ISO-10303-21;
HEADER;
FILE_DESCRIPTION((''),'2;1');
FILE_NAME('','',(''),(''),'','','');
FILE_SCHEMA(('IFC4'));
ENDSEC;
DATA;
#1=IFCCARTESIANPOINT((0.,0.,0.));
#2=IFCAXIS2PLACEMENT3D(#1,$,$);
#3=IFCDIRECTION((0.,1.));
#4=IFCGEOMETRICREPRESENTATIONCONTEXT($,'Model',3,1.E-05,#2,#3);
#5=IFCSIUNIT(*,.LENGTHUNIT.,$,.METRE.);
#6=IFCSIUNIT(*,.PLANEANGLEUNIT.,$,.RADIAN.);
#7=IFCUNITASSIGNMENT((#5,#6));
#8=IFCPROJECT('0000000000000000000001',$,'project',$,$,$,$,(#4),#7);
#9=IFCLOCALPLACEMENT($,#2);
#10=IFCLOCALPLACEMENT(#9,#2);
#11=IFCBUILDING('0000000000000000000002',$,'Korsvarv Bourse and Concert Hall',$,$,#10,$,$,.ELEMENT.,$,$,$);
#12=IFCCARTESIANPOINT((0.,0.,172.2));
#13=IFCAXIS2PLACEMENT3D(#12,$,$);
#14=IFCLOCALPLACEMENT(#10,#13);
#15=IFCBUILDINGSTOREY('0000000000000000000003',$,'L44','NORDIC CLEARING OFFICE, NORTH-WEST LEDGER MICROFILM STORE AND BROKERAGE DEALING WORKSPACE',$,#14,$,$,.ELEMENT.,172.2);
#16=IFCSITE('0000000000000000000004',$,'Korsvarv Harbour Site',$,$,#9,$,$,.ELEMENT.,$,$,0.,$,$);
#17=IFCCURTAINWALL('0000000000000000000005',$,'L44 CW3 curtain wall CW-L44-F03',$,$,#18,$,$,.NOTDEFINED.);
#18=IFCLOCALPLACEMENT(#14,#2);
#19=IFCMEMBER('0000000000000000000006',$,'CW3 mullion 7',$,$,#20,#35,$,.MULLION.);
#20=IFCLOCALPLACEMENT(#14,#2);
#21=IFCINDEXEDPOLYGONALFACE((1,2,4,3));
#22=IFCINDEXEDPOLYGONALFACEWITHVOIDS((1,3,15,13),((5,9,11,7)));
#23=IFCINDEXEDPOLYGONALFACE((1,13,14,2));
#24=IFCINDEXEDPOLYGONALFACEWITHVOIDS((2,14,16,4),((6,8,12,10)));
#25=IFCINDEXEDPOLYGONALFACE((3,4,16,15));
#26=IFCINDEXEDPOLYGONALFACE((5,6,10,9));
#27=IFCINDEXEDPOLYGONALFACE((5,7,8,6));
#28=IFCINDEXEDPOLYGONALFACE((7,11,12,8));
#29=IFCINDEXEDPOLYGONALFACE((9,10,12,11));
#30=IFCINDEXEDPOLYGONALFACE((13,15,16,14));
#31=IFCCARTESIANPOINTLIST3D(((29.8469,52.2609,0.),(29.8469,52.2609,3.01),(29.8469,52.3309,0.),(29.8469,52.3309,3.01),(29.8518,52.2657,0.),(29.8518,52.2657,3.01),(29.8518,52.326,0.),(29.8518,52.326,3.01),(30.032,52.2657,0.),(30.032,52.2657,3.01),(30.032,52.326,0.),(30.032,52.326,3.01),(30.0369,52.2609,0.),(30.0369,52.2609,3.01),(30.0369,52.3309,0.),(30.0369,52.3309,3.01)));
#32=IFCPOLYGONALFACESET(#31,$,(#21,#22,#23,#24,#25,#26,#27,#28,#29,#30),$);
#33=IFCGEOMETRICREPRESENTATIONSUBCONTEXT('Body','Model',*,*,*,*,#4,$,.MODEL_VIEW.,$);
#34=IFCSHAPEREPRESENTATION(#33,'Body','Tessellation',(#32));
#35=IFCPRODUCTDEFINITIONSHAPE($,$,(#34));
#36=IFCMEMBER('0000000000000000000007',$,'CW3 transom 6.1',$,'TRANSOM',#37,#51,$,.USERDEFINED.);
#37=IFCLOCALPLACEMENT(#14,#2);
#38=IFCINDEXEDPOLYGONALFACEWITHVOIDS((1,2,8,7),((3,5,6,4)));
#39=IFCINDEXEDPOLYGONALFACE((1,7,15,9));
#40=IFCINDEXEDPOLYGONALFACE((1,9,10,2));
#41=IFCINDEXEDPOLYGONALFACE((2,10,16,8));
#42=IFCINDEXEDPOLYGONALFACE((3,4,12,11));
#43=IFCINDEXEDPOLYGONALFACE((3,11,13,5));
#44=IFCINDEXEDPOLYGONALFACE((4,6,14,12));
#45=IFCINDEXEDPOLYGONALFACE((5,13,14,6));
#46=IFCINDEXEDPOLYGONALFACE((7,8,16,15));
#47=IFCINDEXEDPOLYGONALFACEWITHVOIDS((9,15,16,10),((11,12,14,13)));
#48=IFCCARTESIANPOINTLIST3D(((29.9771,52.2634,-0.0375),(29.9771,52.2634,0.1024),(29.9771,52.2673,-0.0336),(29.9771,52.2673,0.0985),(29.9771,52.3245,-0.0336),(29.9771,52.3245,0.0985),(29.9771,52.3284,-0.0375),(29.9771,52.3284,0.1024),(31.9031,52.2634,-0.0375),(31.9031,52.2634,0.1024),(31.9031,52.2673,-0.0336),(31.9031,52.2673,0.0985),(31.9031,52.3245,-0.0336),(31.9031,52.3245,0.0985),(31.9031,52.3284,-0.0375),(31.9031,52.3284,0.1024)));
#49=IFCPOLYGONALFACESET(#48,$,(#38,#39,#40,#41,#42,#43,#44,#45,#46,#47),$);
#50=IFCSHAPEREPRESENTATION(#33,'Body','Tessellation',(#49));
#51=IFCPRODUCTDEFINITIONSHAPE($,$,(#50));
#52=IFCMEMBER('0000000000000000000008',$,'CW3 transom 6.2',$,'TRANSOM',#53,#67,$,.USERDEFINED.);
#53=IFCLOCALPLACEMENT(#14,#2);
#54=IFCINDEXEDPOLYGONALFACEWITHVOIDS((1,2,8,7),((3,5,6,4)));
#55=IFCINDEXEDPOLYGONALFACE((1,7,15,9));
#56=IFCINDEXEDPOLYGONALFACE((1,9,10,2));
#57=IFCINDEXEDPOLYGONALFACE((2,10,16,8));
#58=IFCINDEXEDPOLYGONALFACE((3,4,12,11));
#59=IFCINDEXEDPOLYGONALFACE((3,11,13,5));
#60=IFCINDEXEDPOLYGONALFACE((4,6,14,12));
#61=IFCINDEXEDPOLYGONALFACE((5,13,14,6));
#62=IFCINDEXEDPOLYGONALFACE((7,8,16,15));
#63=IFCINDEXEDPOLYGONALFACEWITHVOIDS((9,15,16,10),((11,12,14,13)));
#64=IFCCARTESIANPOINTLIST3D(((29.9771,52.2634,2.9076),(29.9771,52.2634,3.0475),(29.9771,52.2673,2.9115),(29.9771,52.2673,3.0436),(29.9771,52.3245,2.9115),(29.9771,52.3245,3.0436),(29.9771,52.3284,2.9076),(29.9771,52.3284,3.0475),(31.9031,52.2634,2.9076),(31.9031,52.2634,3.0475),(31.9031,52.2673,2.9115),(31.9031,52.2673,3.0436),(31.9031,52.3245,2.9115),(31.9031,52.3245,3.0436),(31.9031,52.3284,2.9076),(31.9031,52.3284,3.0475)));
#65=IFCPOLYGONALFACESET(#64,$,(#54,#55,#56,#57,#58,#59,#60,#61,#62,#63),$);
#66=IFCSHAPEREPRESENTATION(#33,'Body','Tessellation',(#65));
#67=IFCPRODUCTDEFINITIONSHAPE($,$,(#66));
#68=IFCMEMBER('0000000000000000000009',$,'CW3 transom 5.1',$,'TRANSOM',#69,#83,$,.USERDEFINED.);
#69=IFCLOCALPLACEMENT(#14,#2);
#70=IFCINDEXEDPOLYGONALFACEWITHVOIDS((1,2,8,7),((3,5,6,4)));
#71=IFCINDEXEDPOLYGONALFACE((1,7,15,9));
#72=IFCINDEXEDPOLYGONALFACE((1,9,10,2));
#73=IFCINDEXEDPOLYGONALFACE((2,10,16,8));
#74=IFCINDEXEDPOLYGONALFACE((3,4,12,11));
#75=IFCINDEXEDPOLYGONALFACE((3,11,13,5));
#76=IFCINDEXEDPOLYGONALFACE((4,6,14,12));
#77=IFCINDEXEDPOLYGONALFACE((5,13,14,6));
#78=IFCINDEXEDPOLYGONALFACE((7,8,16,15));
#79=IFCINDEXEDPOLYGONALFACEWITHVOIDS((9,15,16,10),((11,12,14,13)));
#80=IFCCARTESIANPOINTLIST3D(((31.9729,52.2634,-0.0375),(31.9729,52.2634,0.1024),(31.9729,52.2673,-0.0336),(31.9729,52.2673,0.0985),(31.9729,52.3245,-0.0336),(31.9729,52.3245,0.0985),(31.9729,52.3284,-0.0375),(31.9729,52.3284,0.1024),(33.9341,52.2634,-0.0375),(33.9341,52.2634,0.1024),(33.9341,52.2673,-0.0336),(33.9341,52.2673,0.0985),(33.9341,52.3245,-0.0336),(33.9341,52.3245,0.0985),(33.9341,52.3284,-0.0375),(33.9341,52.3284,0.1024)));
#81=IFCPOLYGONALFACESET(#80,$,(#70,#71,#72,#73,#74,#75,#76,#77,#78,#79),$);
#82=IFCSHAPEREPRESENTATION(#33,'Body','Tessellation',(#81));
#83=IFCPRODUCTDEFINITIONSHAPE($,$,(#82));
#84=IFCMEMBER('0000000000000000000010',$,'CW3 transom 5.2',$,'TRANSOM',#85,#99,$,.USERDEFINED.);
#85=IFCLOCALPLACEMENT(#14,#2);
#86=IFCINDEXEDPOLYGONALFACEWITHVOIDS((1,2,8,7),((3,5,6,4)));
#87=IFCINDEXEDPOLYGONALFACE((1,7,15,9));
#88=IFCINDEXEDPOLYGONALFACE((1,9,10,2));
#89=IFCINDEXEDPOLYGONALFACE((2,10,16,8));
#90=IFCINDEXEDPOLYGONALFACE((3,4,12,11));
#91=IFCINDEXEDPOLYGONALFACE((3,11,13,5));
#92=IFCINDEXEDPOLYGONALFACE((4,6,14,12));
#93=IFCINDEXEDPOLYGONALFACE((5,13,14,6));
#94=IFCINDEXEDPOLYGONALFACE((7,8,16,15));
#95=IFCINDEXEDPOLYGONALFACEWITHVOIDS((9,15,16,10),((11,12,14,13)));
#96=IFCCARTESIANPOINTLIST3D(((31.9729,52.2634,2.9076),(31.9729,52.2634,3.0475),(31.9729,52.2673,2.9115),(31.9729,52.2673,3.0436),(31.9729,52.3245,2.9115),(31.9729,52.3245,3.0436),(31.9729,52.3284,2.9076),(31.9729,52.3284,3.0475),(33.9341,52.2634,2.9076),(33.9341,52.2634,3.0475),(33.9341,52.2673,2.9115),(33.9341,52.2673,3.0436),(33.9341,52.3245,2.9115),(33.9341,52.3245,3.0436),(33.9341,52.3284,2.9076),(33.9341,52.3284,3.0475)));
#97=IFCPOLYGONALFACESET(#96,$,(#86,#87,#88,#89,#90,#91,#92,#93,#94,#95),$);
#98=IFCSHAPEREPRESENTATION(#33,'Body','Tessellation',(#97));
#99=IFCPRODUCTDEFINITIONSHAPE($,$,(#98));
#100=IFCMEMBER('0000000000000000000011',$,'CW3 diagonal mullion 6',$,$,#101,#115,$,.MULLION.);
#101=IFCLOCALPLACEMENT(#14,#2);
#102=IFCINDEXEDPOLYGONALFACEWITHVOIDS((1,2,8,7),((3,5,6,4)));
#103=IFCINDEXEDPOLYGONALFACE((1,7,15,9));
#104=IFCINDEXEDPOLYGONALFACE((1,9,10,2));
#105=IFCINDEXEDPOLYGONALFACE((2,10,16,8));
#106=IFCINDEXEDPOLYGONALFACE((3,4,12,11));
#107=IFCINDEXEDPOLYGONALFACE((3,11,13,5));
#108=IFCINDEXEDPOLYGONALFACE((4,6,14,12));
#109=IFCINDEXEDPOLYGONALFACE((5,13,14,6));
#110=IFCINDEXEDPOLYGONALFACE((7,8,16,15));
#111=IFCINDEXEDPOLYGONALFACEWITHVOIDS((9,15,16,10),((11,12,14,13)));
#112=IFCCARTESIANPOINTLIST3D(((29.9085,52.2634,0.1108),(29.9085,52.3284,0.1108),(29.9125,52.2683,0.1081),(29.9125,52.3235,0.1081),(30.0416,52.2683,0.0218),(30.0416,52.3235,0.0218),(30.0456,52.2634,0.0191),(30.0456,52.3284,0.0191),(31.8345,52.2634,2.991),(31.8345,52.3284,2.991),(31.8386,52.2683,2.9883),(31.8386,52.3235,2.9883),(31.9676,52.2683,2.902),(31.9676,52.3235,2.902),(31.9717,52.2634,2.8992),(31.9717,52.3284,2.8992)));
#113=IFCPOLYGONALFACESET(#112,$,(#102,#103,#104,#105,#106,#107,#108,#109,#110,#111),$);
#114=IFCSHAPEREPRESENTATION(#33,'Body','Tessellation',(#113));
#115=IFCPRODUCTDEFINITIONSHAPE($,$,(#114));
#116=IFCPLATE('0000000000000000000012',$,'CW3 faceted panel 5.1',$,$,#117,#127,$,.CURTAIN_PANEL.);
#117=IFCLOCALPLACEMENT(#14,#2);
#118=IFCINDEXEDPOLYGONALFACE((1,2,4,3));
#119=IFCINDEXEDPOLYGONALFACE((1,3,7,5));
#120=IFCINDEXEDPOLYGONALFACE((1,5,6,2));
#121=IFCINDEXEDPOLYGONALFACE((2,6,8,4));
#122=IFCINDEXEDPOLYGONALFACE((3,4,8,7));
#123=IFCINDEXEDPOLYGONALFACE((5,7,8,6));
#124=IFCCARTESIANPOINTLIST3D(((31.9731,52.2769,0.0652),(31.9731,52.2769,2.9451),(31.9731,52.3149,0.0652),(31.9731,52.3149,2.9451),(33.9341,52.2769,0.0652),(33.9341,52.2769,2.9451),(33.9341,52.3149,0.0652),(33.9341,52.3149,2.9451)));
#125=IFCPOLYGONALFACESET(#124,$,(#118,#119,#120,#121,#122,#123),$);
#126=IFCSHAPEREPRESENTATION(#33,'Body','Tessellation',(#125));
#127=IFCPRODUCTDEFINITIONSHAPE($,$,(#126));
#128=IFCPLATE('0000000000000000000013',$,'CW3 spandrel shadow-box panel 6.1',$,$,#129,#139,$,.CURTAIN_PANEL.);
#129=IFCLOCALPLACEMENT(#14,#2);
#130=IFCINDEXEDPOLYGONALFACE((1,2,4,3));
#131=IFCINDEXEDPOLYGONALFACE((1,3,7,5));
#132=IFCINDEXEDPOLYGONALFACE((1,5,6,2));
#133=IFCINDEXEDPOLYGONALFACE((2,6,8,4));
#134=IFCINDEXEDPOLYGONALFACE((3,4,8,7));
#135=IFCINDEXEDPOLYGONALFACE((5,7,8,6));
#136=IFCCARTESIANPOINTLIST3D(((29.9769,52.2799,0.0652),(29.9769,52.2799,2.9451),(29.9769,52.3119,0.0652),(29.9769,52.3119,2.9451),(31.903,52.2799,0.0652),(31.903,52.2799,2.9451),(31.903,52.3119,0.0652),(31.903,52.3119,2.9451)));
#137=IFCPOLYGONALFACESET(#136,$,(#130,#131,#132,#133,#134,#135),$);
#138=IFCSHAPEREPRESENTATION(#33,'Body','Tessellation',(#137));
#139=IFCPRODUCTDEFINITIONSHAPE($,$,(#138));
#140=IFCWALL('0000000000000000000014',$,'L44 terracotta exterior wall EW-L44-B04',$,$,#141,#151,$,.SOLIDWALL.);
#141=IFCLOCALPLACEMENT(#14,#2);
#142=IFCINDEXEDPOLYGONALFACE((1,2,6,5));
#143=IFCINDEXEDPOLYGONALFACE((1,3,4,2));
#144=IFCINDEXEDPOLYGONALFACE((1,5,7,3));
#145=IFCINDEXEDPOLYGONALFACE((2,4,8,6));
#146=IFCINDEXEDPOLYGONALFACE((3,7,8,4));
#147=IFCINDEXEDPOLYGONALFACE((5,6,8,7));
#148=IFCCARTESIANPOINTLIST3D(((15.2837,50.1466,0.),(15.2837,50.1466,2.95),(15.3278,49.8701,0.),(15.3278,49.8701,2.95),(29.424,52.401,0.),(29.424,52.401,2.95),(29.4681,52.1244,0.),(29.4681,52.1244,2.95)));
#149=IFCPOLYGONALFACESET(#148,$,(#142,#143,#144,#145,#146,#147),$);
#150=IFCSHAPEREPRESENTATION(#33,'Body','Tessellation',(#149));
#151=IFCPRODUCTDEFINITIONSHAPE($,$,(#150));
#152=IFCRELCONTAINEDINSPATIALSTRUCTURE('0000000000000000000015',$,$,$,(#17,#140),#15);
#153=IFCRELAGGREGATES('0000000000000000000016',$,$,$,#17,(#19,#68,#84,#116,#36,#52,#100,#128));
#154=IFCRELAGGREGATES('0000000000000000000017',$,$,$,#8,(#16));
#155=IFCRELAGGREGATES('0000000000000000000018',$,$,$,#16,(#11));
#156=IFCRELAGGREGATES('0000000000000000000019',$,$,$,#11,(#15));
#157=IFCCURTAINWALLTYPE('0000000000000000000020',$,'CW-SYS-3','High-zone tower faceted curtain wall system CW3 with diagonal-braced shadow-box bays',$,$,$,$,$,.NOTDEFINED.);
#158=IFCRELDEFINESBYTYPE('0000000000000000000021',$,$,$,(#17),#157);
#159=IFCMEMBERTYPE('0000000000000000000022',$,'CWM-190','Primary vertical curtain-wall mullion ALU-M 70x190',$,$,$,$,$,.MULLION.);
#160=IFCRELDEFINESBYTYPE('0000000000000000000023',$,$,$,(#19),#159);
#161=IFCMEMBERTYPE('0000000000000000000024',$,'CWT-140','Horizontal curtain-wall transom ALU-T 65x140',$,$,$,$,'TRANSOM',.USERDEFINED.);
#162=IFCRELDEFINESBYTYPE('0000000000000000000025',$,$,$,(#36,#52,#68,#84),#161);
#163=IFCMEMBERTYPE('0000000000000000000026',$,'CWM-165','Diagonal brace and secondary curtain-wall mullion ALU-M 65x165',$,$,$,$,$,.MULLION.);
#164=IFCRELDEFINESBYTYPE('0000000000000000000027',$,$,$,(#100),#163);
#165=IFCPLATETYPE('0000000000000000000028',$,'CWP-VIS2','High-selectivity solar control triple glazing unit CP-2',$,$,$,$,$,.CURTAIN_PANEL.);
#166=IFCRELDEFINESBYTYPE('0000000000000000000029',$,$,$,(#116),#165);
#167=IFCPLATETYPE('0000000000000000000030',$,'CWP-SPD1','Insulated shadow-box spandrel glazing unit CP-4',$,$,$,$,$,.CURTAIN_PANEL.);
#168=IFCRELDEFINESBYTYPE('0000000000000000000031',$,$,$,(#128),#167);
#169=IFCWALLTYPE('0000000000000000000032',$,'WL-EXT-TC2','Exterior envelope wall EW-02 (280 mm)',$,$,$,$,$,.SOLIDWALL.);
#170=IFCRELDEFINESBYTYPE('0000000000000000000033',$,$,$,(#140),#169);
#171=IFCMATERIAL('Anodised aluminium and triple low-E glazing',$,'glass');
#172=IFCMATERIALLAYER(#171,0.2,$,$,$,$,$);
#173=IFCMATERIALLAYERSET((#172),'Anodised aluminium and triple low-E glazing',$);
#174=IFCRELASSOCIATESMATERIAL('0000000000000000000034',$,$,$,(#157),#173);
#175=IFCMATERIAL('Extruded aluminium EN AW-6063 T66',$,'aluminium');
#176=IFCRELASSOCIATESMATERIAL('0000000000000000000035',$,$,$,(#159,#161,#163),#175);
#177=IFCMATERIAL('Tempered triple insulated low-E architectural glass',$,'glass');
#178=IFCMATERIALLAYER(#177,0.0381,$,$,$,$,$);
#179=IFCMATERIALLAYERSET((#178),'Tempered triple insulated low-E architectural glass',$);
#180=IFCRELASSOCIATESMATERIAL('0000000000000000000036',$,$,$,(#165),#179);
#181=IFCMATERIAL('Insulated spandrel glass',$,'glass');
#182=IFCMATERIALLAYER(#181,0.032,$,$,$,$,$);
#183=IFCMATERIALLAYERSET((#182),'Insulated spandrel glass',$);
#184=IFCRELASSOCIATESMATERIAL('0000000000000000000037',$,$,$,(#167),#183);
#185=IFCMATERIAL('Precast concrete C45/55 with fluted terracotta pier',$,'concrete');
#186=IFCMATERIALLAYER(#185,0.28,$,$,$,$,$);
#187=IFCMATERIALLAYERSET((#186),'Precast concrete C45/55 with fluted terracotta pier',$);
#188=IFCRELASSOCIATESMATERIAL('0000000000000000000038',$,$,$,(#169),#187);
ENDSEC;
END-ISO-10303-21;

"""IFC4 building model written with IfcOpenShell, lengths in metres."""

from ifc_helpers import new_model, si_unit, direction, frame, frame_2d, origin, origin_2d, place, context, subcontext, project, spatial, rectangle, hollow_rectangle, extrude, source, transform, mapped, material, layer, layer_set, material_profile, profile_set, type_object, element, aggregate, save


model = new_model("IFC4")

# Units and contexts
model_context = context("Model", 3, precision=1e-05, world=origin(), true_north=direction((0.0, 1.0)))
body_context = subcontext(model_context, "Body", "Model", "MODEL_VIEW")
ifc_project = project(units=[si_unit("LENGTHUNIT", "METRE"), si_unit("PLANEANGLEUNIT", "RADIAN")], contexts=[model_context])

# Site, building, storey
site_placement = place(None, origin())
site = spatial("IfcSite", under=ifc_project, at=site_placement, Name="Korsvarv Harbour Site", CompositionType="ELEMENT", RefElevation=0.0)
building_placement = place(site_placement, origin())
building = spatial("IfcBuilding", under=site, at=building_placement, Name="Korsvarv Bourse and Concert Hall", CompositionType="ELEMENT")
storey_placement = place(building_placement, frame((0.0, 0.0, 172.2)))
storey = spatial("IfcBuildingStorey", under=building, at=storey_placement, Name="L44", Description="NORDIC CLEARING OFFICE, NORTH-WEST LEDGER MICROFILM STORE AND BROKERAGE DEALING WORKSPACE", CompositionType="ELEMENT", Elevation=172.2)

# Curtain wall, members, plates
ifc_material_1 = material(Name="Anodised aluminium and triple low-E glazing", Category="glass")
ifc_layer_1 = layer(ifc_material_1, 0.2)
ifc_layer_set_1 = layer_set([ifc_layer_1], Name="Anodised aluminium and triple low-E glazing")
curtain_wall_type = type_object("IfcCurtainWallType", Name="CW-SYS-3", Description="High-zone tower faceted curtain wall system CW3 with diagonal-braced shadow-box bays", PredefinedType="NOTDEFINED", material=ifc_layer_set_1)
curtain_wall_placement = place(storey_placement, origin())
curtain_wall = element("IfcCurtainWall", 1, at=curtain_wall_placement, inside=storey, type_object=curtain_wall_type, Name="L44 CW3 curtain wall CW-L44-F03", PredefinedType="NOTDEFINED")
ifc_material_2 = material(Name="Extruded aluminium EN AW-6063 T66", Category="aluminium")
ifc_material_profile_1 = material_profile(ifc_material_2, hollow_rectangle(XDim=0.0701, YDim=0.1899, WallThickness=0.0049, at=origin_2d()), Name="ALU-M 70x190")
ifc_profile_set_1 = profile_set([ifc_material_profile_1], Name="Extruded aluminium EN AW-6063 T66")
member_type_1 = type_object("IfcMemberType", Name="CWM-190", Description="Primary vertical curtain-wall mullion ALU-M 70x190", PredefinedType="MULLION", material=ifc_profile_set_1)
shared_shape_1 = source(origin(), body_context, "Body", "SweptSolid", [
    extrude(hollow_rectangle(XDim=0.0701, YDim=0.1899, WallThickness=0.0049, at=origin_2d()), origin(), (0.0, 0.0, 1.0), 3.01),
])
member_1_placement = place(storey_placement, frame((29.9419, 52.2959, 0.0), z_axis=(0.0, 0.0, 1.0), x_axis=(0.0, -1.0, 0.0)))
member_1 = element("IfcMember", 2, at=member_1_placement, type_object=member_type_1, Name="CW3 mullion 7", PredefinedType="MULLION", context=body_context, shape_type="MappedRepresentation", body=[
    mapped(shared_shape_1, transform((0.0, 0.0, 0.0), scale=1.0)),
])
ifc_material_profile_2 = material_profile(ifc_material_2, hollow_rectangle(XDim=0.0649, YDim=0.1399, WallThickness=0.0039, at=origin_2d()), Name="ALU-T 65x140")
ifc_profile_set_2 = profile_set([ifc_material_profile_2], Name="Extruded aluminium EN AW-6063 T66")
member_type_2 = type_object("IfcMemberType", Name="CWT-140", Description="Horizontal curtain-wall transom ALU-T 65x140", ElementType="TRANSOM", PredefinedType="USERDEFINED", material=ifc_profile_set_2)
shared_shape_2 = source(origin(), body_context, "Body", "SweptSolid", [
    extrude(hollow_rectangle(XDim=0.0649, YDim=0.1399, WallThickness=0.0039, at=origin_2d()), origin(), (0.0, 0.0, 1.0), 1.926),
])
member_2_placement = place(storey_placement, frame((31.9031, 52.2959, 0.0325), z_axis=(-1.0, 0.0, 0.0), x_axis=(0.0, -1.0, 0.0)))
member_2 = element("IfcMember", 3, at=member_2_placement, type_object=member_type_2, Name="CW3 transom 6.1", ObjectType="TRANSOM", PredefinedType="USERDEFINED", context=body_context, shape_type="MappedRepresentation", body=[
    mapped(shared_shape_2, transform((0.0, 0.0, 0.0), scale=1.0)),
])
member_3_placement = place(storey_placement, frame((31.9031, 52.2959, 2.9775), z_axis=(-1.0, 0.0, 0.0), x_axis=(0.0, -1.0, 0.0)))
member_3 = element("IfcMember", 4, at=member_3_placement, type_object=member_type_2, Name="CW3 transom 6.2", ObjectType="TRANSOM", PredefinedType="USERDEFINED", context=body_context, shape_type="MappedRepresentation", body=[
    mapped(shared_shape_2, transform((0.0, 0.0, 0.0), scale=1.0)),
])
shared_shape_3 = source(origin(), body_context, "Body", "SweptSolid", [
    extrude(hollow_rectangle(XDim=0.0649, YDim=0.1399, WallThickness=0.0039, at=origin_2d()), origin(), (0.0, 0.0, 1.0), 1.9612),
])
member_4_placement = place(storey_placement, frame((33.9341, 52.2959, 0.0325), z_axis=(-1.0, 0.0, 0.0), x_axis=(0.0, -1.0, 0.0)))
member_4 = element("IfcMember", 5, at=member_4_placement, type_object=member_type_2, Name="CW3 transom 5.1", ObjectType="TRANSOM", PredefinedType="USERDEFINED", context=body_context, shape_type="MappedRepresentation", body=[
    mapped(shared_shape_3, transform((0.0, 0.0, 0.0), scale=1.0)),
])
member_5_placement = place(storey_placement, frame((33.9341, 52.2959, 2.9775), z_axis=(-1.0, 0.0, 0.0), x_axis=(0.0, -1.0, 0.0)))
member_5 = element("IfcMember", 6, at=member_5_placement, type_object=member_type_2, Name="CW3 transom 5.2", ObjectType="TRANSOM", PredefinedType="USERDEFINED", context=body_context, shape_type="MappedRepresentation", body=[
    mapped(shared_shape_3, transform((0.0, 0.0, 0.0), scale=1.0)),
])
ifc_material_profile_3 = material_profile(ifc_material_2, hollow_rectangle(XDim=0.0649, YDim=0.165, WallThickness=0.0049, at=origin_2d()), Name="ALU-M 65x165")
ifc_profile_set_3 = profile_set([ifc_material_profile_3], Name="Extruded aluminium EN AW-6063 T66")
member_type_3 = type_object("IfcMemberType", Name="CWM-165", Description="Diagonal brace and secondary curtain-wall mullion ALU-M 65x165", PredefinedType="MULLION", material=ifc_profile_set_3)
shared_shape_4 = source(origin(), body_context, "Body", "SweptSolid", [
    extrude(hollow_rectangle(XDim=0.0649, YDim=0.165, WallThickness=0.0049, at=origin_2d()), origin(), (0.0, 0.0, 1.0), 3.4648),
])
member_6_placement = place(storey_placement, frame((29.9771, 52.2959, 0.0649), z_axis=(0.555887, 0.0, 0.831258), x_axis=(0.0, 1.0, 0.0)))
member_6 = element("IfcMember", 7, at=member_6_placement, type_object=member_type_3, Name="CW3 diagonal mullion 6", PredefinedType="MULLION", context=body_context, shape_type="MappedRepresentation", body=[
    mapped(shared_shape_4, transform((0.0, 0.0, 0.0), scale=1.0)),
])
ifc_material_3 = material(Name="Tempered triple insulated low-E architectural glass", Category="glass")
ifc_layer_2 = layer(ifc_material_3, 0.0381)
ifc_layer_set_2 = layer_set([ifc_layer_2], Name="Tempered triple insulated low-E architectural glass")
plate_type_1 = type_object("IfcPlateType", Name="CWP-VIS2", Description="High-selectivity solar control triple glazing unit CP-2", PredefinedType="CURTAIN_PANEL", material=ifc_layer_set_2)
shared_shape_5 = source(origin(), body_context, "Body", "SweptSolid", [
    extrude(rectangle(XDim=1.9609, YDim=0.0381, at=origin_2d()), origin(), (0.0, 0.0, 1.0), 2.8799),
])
plate_1_placement = place(storey_placement, frame((32.9536, 52.2959, 0.0652), z_axis=(0.0, 0.0, 1.0), x_axis=(-1.0, 0.0, 0.0)))
plate_1 = element("IfcPlate", 8, at=plate_1_placement, type_object=plate_type_1, Name="CW3 faceted panel 5.1", PredefinedType="CURTAIN_PANEL", context=body_context, shape_type="MappedRepresentation", body=[
    mapped(shared_shape_5, transform((0.0, 0.0, 0.0), scale=1.0)),
])
ifc_material_4 = material(Name="Insulated spandrel glass", Category="glass")
ifc_layer_3 = layer(ifc_material_4, 0.032)
ifc_layer_set_3 = layer_set([ifc_layer_3], Name="Insulated spandrel glass")
plate_type_2 = type_object("IfcPlateType", Name="CWP-SPD1", Description="Insulated shadow-box spandrel glazing unit CP-4", PredefinedType="CURTAIN_PANEL", material=ifc_layer_set_3)
shared_shape_6 = source(origin(), body_context, "Body", "SweptSolid", [
    extrude(rectangle(XDim=1.926, YDim=0.032, at=origin_2d()), origin(), (0.0, 0.0, 1.0), 2.8799),
])
plate_2_placement = place(storey_placement, frame((30.9399, 52.2959, 0.0652), z_axis=(0.0, 0.0, 1.0), x_axis=(-1.0, 0.0, 0.0)))
plate_2 = element("IfcPlate", 9, at=plate_2_placement, type_object=plate_type_2, Name="CW3 spandrel shadow-box panel 6.1", PredefinedType="CURTAIN_PANEL", context=body_context, shape_type="MappedRepresentation", body=[
    mapped(shared_shape_6, transform((0.0, 0.0, 0.0), scale=1.0)),
])
aggregate(curtain_wall, [member_1, member_4, member_5, plate_1, member_2, member_3, member_6, plate_2])

# Wall
ifc_material_5 = material(Name="Precast concrete C45/55 with fluted terracotta pier", Category="concrete")
ifc_layer_4 = layer(ifc_material_5, 0.28)
ifc_layer_set_4 = layer_set([ifc_layer_4], Name="Precast concrete C45/55 with fluted terracotta pier")
wall_type_1 = type_object("IfcWallType", Name="WL-EXT-TC2", Description="Exterior envelope wall EW-02 (280 mm)", PredefinedType="SOLIDWALL", material=ifc_layer_set_4)
wall_1_placement = place(storey_placement, frame((29.446, 52.2627, 0.0), z_axis=(0.0, 0.0, 1.0), x_axis=(-0.987528, -0.157441, 0.0)))
element("IfcWall", 10, at=wall_1_placement, inside=storey, type_object=wall_type_1, Name="L44 terracotta exterior wall EW-L44-B04", PredefinedType="SOLIDWALL", context=body_context, shape_type="SweptSolid", body=[
    extrude(rectangle(XDim=14.3188, YDim=0.28, at=frame_2d((7.1594, 0.0))), origin(), (0.0, 0.0, 1.0), 2.95),
])

save(model, "model.ifc")
